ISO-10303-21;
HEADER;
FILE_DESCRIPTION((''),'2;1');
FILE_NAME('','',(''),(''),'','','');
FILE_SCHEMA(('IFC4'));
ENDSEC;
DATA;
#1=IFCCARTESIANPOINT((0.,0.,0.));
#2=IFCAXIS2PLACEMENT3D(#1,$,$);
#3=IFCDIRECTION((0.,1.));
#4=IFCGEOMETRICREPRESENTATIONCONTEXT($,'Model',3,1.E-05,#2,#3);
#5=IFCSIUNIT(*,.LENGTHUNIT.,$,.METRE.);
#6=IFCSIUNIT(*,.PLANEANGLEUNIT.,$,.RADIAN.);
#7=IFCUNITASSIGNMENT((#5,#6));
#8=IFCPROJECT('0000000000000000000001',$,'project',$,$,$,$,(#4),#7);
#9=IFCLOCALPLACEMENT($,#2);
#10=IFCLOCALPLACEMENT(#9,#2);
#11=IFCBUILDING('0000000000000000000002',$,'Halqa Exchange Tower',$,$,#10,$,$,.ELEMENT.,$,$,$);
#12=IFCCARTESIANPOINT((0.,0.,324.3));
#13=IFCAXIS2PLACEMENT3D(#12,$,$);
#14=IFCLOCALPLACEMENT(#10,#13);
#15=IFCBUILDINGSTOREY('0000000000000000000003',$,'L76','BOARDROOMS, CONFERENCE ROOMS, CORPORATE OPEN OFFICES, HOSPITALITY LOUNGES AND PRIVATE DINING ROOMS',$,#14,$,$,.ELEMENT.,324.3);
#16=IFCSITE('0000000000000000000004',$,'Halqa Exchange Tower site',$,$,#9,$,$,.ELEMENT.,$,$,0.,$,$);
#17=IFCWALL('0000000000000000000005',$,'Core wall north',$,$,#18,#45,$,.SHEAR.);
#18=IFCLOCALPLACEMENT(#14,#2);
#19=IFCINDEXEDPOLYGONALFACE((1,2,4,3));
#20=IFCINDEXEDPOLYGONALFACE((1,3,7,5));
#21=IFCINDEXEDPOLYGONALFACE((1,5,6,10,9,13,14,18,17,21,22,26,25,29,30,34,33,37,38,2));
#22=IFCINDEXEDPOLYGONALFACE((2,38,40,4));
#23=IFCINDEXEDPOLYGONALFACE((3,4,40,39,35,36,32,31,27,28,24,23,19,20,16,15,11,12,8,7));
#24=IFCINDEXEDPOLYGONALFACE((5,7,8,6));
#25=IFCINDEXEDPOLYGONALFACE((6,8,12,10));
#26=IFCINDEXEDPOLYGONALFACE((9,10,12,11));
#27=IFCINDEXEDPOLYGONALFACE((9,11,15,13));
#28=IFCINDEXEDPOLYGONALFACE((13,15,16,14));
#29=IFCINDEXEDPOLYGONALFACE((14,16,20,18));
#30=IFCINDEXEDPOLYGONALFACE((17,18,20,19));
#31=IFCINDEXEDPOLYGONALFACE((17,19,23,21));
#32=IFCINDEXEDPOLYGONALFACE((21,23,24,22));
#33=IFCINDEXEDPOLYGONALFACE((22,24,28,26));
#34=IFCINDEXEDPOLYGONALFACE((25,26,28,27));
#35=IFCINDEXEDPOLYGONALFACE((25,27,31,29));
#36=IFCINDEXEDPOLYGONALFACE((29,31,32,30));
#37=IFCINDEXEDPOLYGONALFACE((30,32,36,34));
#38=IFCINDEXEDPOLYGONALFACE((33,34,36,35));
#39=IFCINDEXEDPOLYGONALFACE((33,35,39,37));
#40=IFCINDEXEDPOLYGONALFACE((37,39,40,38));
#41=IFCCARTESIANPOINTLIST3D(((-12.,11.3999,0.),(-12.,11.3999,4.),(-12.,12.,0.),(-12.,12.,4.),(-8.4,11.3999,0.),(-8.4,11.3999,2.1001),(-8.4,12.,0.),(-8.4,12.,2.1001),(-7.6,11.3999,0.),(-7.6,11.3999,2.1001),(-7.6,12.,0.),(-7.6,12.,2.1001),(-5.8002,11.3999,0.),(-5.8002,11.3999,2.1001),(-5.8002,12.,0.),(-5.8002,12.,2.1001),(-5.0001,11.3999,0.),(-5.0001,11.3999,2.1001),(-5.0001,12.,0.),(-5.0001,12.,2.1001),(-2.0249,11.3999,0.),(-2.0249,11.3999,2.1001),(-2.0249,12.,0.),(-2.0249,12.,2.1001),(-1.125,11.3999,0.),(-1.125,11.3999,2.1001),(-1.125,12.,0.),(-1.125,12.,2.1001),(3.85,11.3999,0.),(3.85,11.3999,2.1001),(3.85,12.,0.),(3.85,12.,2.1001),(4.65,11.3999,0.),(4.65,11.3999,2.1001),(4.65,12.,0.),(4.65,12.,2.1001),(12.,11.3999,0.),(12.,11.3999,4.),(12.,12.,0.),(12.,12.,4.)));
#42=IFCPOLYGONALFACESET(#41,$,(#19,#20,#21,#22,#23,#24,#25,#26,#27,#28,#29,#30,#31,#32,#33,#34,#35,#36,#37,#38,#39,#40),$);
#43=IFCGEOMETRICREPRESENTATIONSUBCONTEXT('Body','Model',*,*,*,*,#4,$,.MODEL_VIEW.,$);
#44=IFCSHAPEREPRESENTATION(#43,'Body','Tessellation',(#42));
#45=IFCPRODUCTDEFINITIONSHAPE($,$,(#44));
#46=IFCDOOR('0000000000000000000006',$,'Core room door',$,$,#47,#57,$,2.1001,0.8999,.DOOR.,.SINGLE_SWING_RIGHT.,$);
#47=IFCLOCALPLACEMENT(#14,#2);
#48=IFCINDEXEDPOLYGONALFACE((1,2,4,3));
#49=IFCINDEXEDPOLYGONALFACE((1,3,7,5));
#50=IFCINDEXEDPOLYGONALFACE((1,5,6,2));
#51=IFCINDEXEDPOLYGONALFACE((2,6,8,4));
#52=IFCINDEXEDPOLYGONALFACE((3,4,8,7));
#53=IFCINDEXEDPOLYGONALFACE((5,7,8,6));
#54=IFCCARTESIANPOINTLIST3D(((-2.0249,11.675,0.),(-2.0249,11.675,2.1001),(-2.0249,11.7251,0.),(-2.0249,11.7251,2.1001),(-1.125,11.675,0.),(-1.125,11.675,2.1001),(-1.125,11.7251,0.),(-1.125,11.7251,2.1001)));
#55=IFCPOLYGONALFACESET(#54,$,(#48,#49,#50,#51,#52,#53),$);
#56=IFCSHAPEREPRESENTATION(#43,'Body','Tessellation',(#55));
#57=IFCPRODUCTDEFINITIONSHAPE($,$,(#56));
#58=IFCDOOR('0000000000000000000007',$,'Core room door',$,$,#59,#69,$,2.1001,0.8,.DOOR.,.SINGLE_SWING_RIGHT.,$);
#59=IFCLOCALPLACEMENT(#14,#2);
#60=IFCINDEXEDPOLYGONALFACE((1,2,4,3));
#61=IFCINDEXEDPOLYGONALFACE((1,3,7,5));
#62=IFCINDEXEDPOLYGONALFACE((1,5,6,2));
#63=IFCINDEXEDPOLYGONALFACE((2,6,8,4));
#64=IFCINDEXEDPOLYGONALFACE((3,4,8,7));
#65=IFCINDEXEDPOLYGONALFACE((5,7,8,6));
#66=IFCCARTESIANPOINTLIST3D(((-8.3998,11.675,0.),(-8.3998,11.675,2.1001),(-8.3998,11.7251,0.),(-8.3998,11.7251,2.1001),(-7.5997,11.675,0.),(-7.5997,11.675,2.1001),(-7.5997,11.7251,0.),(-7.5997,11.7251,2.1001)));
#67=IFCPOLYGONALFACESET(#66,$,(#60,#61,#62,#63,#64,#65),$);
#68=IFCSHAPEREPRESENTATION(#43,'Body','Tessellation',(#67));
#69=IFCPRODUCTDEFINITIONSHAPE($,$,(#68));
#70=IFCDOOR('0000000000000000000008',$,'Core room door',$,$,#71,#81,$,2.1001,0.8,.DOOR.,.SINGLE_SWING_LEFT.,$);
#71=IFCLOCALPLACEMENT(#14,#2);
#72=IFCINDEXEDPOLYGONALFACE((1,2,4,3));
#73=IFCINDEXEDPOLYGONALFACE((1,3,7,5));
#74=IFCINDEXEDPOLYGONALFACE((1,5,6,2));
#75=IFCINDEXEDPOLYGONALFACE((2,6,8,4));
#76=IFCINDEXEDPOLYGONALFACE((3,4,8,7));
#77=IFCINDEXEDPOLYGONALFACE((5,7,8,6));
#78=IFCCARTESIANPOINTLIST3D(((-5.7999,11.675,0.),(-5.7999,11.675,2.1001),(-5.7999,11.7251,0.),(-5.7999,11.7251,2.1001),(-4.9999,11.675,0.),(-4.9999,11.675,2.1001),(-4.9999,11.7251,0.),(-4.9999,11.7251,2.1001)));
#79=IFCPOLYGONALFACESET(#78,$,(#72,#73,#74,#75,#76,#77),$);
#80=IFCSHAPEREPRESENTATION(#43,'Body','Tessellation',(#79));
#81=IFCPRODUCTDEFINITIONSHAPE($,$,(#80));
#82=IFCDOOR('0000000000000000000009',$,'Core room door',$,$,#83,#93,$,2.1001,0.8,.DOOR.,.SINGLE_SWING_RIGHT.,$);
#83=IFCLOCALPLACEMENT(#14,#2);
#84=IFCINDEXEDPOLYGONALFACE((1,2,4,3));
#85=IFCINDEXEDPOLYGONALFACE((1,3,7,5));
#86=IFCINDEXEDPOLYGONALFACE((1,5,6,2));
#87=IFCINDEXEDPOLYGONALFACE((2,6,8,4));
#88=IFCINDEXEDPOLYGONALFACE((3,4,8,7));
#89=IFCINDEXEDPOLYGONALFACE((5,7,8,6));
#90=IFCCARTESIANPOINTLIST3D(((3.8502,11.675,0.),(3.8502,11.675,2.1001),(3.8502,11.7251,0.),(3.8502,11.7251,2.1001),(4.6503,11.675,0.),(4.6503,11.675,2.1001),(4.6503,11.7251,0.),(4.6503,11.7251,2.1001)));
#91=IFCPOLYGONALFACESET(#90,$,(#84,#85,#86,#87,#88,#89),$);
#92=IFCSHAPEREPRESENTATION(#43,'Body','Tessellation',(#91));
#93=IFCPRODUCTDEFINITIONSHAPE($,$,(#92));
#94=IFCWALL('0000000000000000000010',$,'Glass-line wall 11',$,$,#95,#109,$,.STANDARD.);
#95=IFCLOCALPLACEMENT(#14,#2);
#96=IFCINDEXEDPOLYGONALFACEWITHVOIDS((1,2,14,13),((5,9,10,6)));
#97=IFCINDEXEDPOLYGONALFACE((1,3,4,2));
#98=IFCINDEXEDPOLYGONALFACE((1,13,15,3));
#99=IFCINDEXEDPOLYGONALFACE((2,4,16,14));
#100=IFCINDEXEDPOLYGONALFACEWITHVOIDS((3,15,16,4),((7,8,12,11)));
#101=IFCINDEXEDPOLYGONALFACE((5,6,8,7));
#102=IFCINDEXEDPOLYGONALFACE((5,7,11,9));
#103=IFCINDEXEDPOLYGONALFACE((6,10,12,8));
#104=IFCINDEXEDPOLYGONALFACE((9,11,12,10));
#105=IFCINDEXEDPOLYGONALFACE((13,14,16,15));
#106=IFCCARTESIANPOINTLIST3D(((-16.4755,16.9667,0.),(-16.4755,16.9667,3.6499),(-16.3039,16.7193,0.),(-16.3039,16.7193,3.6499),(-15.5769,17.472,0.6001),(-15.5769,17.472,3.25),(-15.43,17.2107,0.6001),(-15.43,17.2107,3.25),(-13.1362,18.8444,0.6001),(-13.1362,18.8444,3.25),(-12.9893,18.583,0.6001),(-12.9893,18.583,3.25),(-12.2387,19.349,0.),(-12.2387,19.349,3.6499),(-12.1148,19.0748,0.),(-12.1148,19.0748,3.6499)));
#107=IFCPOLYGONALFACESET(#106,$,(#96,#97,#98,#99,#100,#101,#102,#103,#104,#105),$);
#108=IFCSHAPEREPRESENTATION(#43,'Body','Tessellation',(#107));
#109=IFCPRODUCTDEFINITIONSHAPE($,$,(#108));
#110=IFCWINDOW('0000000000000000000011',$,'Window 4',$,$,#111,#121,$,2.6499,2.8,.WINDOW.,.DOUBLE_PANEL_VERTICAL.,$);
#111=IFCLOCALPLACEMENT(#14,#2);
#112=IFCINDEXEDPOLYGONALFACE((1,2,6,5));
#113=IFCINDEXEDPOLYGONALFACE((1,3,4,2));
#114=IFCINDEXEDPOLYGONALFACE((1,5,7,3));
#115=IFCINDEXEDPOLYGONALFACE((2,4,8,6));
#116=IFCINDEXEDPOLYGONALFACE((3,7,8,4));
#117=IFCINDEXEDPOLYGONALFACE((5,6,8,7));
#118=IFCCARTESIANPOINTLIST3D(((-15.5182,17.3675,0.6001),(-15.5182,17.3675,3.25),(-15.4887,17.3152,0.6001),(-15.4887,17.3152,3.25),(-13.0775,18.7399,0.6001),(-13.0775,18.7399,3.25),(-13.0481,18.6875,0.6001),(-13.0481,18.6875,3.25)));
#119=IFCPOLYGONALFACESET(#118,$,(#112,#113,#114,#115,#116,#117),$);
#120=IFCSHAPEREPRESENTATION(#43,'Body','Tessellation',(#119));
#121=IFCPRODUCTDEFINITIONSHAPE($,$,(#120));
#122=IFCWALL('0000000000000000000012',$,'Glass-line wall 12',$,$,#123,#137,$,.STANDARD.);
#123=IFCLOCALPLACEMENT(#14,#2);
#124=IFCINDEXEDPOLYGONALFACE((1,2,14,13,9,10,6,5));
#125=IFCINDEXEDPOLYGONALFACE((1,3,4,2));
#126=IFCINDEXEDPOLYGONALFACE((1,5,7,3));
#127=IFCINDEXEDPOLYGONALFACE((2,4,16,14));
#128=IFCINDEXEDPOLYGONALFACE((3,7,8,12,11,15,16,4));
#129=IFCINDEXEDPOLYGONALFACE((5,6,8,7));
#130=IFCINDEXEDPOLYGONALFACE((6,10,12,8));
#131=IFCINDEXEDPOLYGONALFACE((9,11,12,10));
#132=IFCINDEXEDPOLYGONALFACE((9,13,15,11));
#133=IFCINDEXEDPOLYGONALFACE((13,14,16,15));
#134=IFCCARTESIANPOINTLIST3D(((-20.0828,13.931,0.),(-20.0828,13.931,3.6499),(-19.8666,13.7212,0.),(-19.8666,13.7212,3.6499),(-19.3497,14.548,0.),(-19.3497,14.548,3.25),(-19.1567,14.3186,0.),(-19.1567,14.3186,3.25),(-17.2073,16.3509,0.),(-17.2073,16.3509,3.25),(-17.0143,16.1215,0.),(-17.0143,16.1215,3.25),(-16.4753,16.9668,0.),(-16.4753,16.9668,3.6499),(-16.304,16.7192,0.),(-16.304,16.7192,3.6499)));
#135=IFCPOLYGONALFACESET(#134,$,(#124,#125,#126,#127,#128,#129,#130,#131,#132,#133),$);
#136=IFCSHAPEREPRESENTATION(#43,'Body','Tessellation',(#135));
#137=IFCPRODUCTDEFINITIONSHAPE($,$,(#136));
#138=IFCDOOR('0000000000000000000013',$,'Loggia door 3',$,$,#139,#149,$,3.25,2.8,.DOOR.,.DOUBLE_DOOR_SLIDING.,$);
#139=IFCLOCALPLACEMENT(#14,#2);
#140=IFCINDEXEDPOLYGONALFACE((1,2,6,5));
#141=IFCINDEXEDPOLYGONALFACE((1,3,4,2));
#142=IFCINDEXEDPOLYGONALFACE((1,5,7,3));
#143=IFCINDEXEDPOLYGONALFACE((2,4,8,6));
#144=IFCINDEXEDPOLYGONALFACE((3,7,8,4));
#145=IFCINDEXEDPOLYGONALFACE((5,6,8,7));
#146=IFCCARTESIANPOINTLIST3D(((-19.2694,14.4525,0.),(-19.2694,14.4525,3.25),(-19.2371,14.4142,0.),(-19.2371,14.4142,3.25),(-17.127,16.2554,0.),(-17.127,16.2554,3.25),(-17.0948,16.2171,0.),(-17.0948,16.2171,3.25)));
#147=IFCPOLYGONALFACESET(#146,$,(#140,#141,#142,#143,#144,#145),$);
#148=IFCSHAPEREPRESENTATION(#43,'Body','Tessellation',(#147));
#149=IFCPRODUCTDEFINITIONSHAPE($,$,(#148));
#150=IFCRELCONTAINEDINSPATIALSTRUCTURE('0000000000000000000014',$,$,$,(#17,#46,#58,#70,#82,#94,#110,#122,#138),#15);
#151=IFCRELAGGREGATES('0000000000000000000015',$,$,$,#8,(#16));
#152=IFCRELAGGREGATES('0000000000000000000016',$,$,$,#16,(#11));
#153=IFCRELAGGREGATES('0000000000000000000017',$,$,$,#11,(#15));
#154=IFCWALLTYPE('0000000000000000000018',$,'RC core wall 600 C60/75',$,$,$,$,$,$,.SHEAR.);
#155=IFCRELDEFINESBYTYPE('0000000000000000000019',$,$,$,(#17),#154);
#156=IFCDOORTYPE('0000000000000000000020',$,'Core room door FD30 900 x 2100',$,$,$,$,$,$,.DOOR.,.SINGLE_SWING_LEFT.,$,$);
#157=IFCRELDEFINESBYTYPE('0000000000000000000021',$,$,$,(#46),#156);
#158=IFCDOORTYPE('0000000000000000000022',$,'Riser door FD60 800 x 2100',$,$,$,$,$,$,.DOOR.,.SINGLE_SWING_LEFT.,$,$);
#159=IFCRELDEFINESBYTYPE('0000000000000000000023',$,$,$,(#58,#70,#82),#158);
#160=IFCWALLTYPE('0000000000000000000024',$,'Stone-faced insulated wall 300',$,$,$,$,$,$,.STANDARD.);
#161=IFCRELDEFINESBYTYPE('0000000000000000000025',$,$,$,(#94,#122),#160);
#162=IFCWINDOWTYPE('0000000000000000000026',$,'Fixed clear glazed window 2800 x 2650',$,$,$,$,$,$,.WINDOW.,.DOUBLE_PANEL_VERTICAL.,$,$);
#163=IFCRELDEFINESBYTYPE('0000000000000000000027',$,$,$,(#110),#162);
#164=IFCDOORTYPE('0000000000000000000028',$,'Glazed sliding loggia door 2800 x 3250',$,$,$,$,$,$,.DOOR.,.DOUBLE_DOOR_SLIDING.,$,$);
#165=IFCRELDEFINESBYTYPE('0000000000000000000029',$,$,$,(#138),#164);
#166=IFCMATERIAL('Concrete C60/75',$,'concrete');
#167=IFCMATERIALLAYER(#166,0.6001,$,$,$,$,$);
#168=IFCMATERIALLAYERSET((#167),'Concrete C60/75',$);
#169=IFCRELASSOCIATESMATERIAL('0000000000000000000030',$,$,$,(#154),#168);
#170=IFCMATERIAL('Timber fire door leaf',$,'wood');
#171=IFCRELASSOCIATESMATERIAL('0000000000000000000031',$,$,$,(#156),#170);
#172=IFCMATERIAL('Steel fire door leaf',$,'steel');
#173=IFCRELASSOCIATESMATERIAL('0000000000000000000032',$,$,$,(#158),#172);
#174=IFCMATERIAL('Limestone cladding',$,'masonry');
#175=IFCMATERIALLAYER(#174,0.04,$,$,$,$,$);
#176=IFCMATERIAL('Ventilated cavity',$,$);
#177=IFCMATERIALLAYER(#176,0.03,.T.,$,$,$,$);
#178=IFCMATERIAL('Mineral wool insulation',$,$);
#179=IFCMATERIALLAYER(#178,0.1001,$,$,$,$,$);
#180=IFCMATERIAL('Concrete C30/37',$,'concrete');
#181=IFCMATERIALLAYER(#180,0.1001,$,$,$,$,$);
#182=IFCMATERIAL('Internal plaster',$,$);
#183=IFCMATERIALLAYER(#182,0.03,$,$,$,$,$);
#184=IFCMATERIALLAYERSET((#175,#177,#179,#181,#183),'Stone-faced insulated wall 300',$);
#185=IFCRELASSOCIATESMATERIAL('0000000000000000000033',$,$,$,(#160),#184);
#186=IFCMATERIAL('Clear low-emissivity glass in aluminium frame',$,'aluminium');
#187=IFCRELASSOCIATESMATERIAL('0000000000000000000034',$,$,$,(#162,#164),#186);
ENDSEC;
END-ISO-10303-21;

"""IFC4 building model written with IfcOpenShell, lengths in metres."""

from ifc_helpers import new_model, si_unit, direction, frame, frame_2d, origin, place, context, subcontext, project, spatial, polyline, rectangle, outline, extrude, material, layer, layer_set, type_object, element, fill, save


model = new_model("IFC4")

# Units and contexts
model_context = context("Model", 3, precision=1e-05, world=origin(), true_north=direction((0.0, 1.0)))
body_context = subcontext(model_context, "Body", "Model", "MODEL_VIEW")
ifc_project = project(units=[si_unit("LENGTHUNIT", "METRE"), si_unit("PLANEANGLEUNIT", "RADIAN")], contexts=[model_context])

# Site, building, storey
site_placement = place(None, origin())
site = spatial("IfcSite", under=ifc_project, at=site_placement, Name="Halqa Exchange Tower site", CompositionType="ELEMENT", RefElevation=0.0)
building_placement = place(site_placement, origin())
building = spatial("IfcBuilding", under=site, at=building_placement, Name="Halqa Exchange Tower", CompositionType="ELEMENT")
storey_placement = place(building_placement, frame((0.0, 0.0, 324.3)))
storey = spatial("IfcBuildingStorey", under=building, at=storey_placement, Name="L76", Description="BOARDROOMS, CONFERENCE ROOMS, CORPORATE OPEN OFFICES, HOSPITALITY LOUNGES AND PRIVATE DINING ROOMS", CompositionType="ELEMENT", Elevation=324.3)

# Shared definitions
ifc_material_1 = material(Name="Concrete C60/75", Category="concrete")

# Wall, openings, doors
ifc_material_2 = material(Name="Steel fire door leaf", Category="steel")
ifc_layer_1 = layer(ifc_material_1, 0.6001)
ifc_layer_set_1 = layer_set([ifc_layer_1], Name="Concrete C60/75")
wall_type_1 = type_object("IfcWallType", Name="RC core wall 600 C60/75", PredefinedType="SHEAR", material=ifc_layer_set_1)
wall_1_placement = place(storey_placement, frame((-12.0, 11.7, 0.0), z_axis=(0.0, 0.0, 1.0), x_axis=(1.0, 0.0, 0.0)))
wall_1 = element("IfcWall", 1, at=wall_1_placement, inside=storey, type_object=wall_type_1, Name="Core wall north", PredefinedType="SHEAR", context=body_context, shape_type="SweptSolid", body=[
    extrude(rectangle(XDim=24.0, YDim=0.6001, at=frame_2d((12.0, 0.0))), origin(), (0.0, 0.0, 1.0), 4.0),
])
opening_1_placement = place(wall_1_placement, frame((9.9751, 0.0, 0.0)))
opening_1 = element("IfcOpeningElement", 2, at=opening_1_placement, cuts=wall_1, PredefinedType="OPENING", context=body_context, shape_type="SweptSolid", body=[
    extrude(rectangle(XDim=0.8999, YDim=2.1001, at=frame_2d((0.45, 1.05))), frame((0.0, 0.312, 0.0), z_axis=(0.0, -1.0, 0.0), x_axis=(1.0, 0.0, 0.0)), (0.0, 0.0, 1.0), 0.624),
])
opening_2_placement = place(wall_1_placement, frame((3.6001, 0.0, 0.0)))
opening_2 = element("IfcOpeningElement", 3, at=opening_2_placement, cuts=wall_1, PredefinedType="OPENING", context=body_context, shape_type="SweptSolid", body=[
    extrude(rectangle(XDim=0.8, YDim=2.1001, at=frame_2d((0.3999, 1.05))), frame((0.0, 0.312, 0.0), z_axis=(0.0, -1.0, 0.0), x_axis=(1.0, 0.0, 0.0)), (0.0, 0.0, 1.0), 0.624),
])
opening_3_placement = place(wall_1_placement, frame((6.2, 0.0, 0.0)))
opening_3 = element("IfcOpeningElement", 4, at=opening_3_placement, cuts=wall_1, PredefinedType="OPENING", context=body_context, shape_type="SweptSolid", body=[
    extrude(rectangle(XDim=0.8, YDim=2.1001, at=frame_2d((0.3999, 1.05))), frame((0.0, 0.312, 0.0), z_axis=(0.0, -1.0, 0.0), x_axis=(1.0, 0.0, 0.0)), (0.0, 0.0, 1.0), 0.624),
])
opening_4_placement = place(wall_1_placement, frame((15.8501, 0.0, 0.0)))
opening_4 = element("IfcOpeningElement", 5, at=opening_4_placement, cuts=wall_1, PredefinedType="OPENING", context=body_context, shape_type="SweptSolid", body=[
    extrude(rectangle(XDim=0.8, YDim=2.1001, at=frame_2d((0.3999, 1.05))), frame((0.0, 0.312, 0.0), z_axis=(0.0, -1.0, 0.0), x_axis=(1.0, 0.0, 0.0)), (0.0, 0.0, 1.0), 0.624),
])
ifc_material_3 = material(Name="Timber fire door leaf", Category="wood")
door_type_1 = type_object("IfcDoorType", Name="Core room door FD30 900 x 2100", OperationType="SINGLE_SWING_LEFT", PredefinedType="DOOR", material=ifc_material_3)
door_1_placement = place(opening_1_placement, frame((0.8999, 0.0, 0.0), z_axis=(0.0, 0.0, 1.0), x_axis=(-1.0, 0.0, 0.0)))
door_1 = element("IfcDoor", 6, at=door_1_placement, inside=storey, type_object=door_type_1, Name="Core room door", OperationType="SINGLE_SWING_RIGHT", OverallHeight=2.1001, OverallWidth=0.8999, PredefinedType="DOOR", context=body_context, shape_type="SweptSolid", body=[
    extrude(rectangle(XDim=0.8999, YDim=2.1001, at=frame_2d((0.45, 1.05))), frame((0.0, 0.0249, 0.0), z_axis=(0.0, -1.0, 0.0), x_axis=(1.0, 0.0, 0.0)), (0.0, 0.0, 1.0), 0.05),
])
fill(opening_1, door_1)
door_type_2 = type_object("IfcDoorType", Name="Riser door FD60 800 x 2100", OperationType="SINGLE_SWING_LEFT", PredefinedType="DOOR", material=ifc_material_2)
door_2_placement = place(opening_2_placement, frame((0.8, 0.0, 0.0), z_axis=(0.0, 0.0, 1.0), x_axis=(-1.0, 0.0, 0.0)))
door_2 = element("IfcDoor", 7, at=door_2_placement, inside=storey, type_object=door_type_2, Name="Core room door", OperationType="SINGLE_SWING_RIGHT", OverallHeight=2.1001, OverallWidth=0.8, PredefinedType="DOOR", context=body_context, shape_type="SweptSolid", body=[
    extrude(rectangle(XDim=0.8, YDim=2.1001, at=frame_2d((0.3999, 1.05))), frame((0.0, 0.0249, 0.0), z_axis=(0.0, -1.0, 0.0), x_axis=(1.0, 0.0, 0.0)), (0.0, 0.0, 1.0), 0.05),
])
fill(opening_2, door_2)
door_3_placement = place(opening_3_placement, frame((0.8, 0.0, 0.0), z_axis=(0.0, 0.0, 1.0), x_axis=(-1.0, 0.0, 0.0)))
door_3 = element("IfcDoor", 8, at=door_3_placement, inside=storey, type_object=door_type_2, Name="Core room door", OperationType="SINGLE_SWING_LEFT", OverallHeight=2.1001, OverallWidth=0.8, PredefinedType="DOOR", context=body_context, shape_type="SweptSolid", body=[
    extrude(rectangle(XDim=0.8, YDim=2.1001, at=frame_2d((0.3999, 1.05))), frame((0.0, 0.0249, 0.0), z_axis=(0.0, -1.0, 0.0), x_axis=(1.0, 0.0, 0.0)), (0.0, 0.0, 1.0), 0.05),
])
fill(opening_3, door_3)
door_4_placement = place(opening_4_placement, frame((0.8, 0.0, 0.0), z_axis=(0.0, 0.0, 1.0), x_axis=(-1.0, 0.0, 0.0)))
door_4 = element("IfcDoor", 9, at=door_4_placement, inside=storey, type_object=door_type_2, Name="Core room door", OperationType="SINGLE_SWING_RIGHT", OverallHeight=2.1001, OverallWidth=0.8, PredefinedType="DOOR", context=body_context, shape_type="SweptSolid", body=[
    extrude(rectangle(XDim=0.8, YDim=2.1001, at=frame_2d((0.3999, 1.05))), frame((0.0, 0.0249, 0.0), z_axis=(0.0, -1.0, 0.0), x_axis=(1.0, 0.0, 0.0)), (0.0, 0.0, 1.0), 0.05),
])
fill(opening_4, door_4)

# Wall, opening, window
ifc_material_4 = material(Name="Limestone cladding", Category="masonry")
ifc_layer_2 = layer(ifc_material_4, 0.04)
ifc_material_5 = material(Name="Ventilated cavity")
ifc_layer_3 = layer(ifc_material_5, 0.03, ventilated=True)
ifc_material_6 = material(Name="Mineral wool insulation")
ifc_layer_4 = layer(ifc_material_6, 0.1001)
ifc_material_7 = material(Name="Concrete C30/37", Category="concrete")
ifc_layer_5 = layer(ifc_material_7, 0.1001)
ifc_material_8 = material(Name="Internal plaster")
ifc_layer_6 = layer(ifc_material_8, 0.03)
ifc_layer_set_2 = layer_set([ifc_layer_2, ifc_layer_3, ifc_layer_4, ifc_layer_5, ifc_layer_6], Name="Stone-faced insulated wall 300")
wall_type_2 = type_object("IfcWallType", Name="Stone-faced insulated wall 300", PredefinedType="STANDARD", material=ifc_layer_set_2)
wall_2_placement = place(storey_placement, frame((-12.1768, 19.2119, 0.0), z_axis=(0.0, 0.0, 1.0), x_axis=(-0.871651, -0.490127, 0.0)))
wall_2 = element("IfcWall", 10, at=wall_2_placement, inside=storey, type_object=wall_type_2, Name="Glass-line wall 11", PredefinedType="STANDARD", context=body_context, shape_type="SweptSolid", body=[
    extrude(outline(polyline([(-0.0132, -0.1499), (4.8474, -0.1499), (4.8191, 0.1499), (0.0132, 0.1499), (-0.0132, -0.1499)])), origin(), (0.0, 0.0, 1.0), 3.6499),
])
opening_5_placement = place(wall_2_placement, frame((1.0166, 0.0, 0.6001)))
opening_5 = element("IfcOpeningElement", 11, at=opening_5_placement, cuts=wall_2, PredefinedType="OPENING", context=body_context, shape_type="SweptSolid", body=[
    extrude(rectangle(XDim=2.8, YDim=2.6499, at=frame_2d((1.3999, 1.325))), frame((0.0, 0.1621, 0.0), z_axis=(0.0, -1.0, 0.0), x_axis=(1.0, 0.0, 0.0)), (0.0, 0.0, 1.0), 0.324),
])
ifc_material_9 = material(Name="Clear low-emissivity glass in aluminium frame", Category="aluminium")
window_type = type_object("IfcWindowType", Name="Fixed clear glazed window 2800 x 2650", PartitioningType="DOUBLE_PANEL_VERTICAL", PredefinedType="WINDOW", material=ifc_material_9)
window_1_placement = place(opening_5_placement, origin())
window_1 = element("IfcWindow", 12, at=window_1_placement, inside=storey, type_object=window_type, Name="Window 4", OverallHeight=2.6499, OverallWidth=2.8, PartitioningType="DOUBLE_PANEL_VERTICAL", PredefinedType="WINDOW", context=body_context, shape_type="SweptSolid", body=[
    extrude(rectangle(XDim=2.8, YDim=2.6499, at=frame_2d((1.3999, 1.325))), frame((0.0, 0.03, 0.0), z_axis=(0.0, -1.0, 0.0), x_axis=(1.0, 0.0, 0.0)), (0.0, 0.0, 1.0), 0.0601),
])
fill(opening_5, window_1)

# Wall, opening, door
wall_3_placement = place(storey_placement, frame((-16.3896, 16.843, 0.0), z_axis=(0.0, 0.0, 1.0), x_axis=(-0.765129, -0.643877, 0.0)))
wall_3 = element("IfcWall", 13, at=wall_3_placement, inside=storey, type_object=wall_type_2, Name="Glass-line wall 12", PredefinedType="STANDARD", context=body_context, shape_type="SweptSolid", body=[
    extrude(outline(polyline([(-0.0142, -0.1499), (4.7007, -0.1499), (4.6704, 0.1499), (0.0142, 0.1499), (-0.0142, -0.1499)])), origin(), (0.0, 0.0, 1.0), 3.6499),
])
opening_6_placement = place(wall_3_placement, frame((0.9426, 0.0, 0.0)))
opening_6 = element("IfcOpeningElement", 14, at=opening_6_placement, cuts=wall_3, PredefinedType="OPENING", context=body_context, shape_type="SweptSolid", body=[
    extrude(rectangle(XDim=2.8, YDim=3.25, at=frame_2d((1.3999, 1.625))), frame((0.0, 0.1621, 0.0), z_axis=(0.0, -1.0, 0.0), x_axis=(1.0, 0.0, 0.0)), (0.0, 0.0, 1.0), 0.324),
])
door_type_3 = type_object("IfcDoorType", Name="Glazed sliding loggia door 2800 x 3250", OperationType="DOUBLE_DOOR_SLIDING", PredefinedType="DOOR", material=ifc_material_9)
door_5_placement = place(opening_6_placement, origin())
door_5 = element("IfcDoor", 15, at=door_5_placement, inside=storey, type_object=door_type_3, Name="Loggia door 3", OperationType="DOUBLE_DOOR_SLIDING", OverallHeight=3.25, OverallWidth=2.8, PredefinedType="DOOR", context=body_context, shape_type="SweptSolid", body=[
    extrude(rectangle(XDim=2.8, YDim=3.25, at=frame_2d((1.3999, 1.625))), frame((0.0, 0.0249, 0.0), z_axis=(0.0, -1.0, 0.0), x_axis=(1.0, 0.0, 0.0)), (0.0, 0.0, 1.0), 0.05),
])
fill(opening_6, door_5)

save(model, "model.ifc")
